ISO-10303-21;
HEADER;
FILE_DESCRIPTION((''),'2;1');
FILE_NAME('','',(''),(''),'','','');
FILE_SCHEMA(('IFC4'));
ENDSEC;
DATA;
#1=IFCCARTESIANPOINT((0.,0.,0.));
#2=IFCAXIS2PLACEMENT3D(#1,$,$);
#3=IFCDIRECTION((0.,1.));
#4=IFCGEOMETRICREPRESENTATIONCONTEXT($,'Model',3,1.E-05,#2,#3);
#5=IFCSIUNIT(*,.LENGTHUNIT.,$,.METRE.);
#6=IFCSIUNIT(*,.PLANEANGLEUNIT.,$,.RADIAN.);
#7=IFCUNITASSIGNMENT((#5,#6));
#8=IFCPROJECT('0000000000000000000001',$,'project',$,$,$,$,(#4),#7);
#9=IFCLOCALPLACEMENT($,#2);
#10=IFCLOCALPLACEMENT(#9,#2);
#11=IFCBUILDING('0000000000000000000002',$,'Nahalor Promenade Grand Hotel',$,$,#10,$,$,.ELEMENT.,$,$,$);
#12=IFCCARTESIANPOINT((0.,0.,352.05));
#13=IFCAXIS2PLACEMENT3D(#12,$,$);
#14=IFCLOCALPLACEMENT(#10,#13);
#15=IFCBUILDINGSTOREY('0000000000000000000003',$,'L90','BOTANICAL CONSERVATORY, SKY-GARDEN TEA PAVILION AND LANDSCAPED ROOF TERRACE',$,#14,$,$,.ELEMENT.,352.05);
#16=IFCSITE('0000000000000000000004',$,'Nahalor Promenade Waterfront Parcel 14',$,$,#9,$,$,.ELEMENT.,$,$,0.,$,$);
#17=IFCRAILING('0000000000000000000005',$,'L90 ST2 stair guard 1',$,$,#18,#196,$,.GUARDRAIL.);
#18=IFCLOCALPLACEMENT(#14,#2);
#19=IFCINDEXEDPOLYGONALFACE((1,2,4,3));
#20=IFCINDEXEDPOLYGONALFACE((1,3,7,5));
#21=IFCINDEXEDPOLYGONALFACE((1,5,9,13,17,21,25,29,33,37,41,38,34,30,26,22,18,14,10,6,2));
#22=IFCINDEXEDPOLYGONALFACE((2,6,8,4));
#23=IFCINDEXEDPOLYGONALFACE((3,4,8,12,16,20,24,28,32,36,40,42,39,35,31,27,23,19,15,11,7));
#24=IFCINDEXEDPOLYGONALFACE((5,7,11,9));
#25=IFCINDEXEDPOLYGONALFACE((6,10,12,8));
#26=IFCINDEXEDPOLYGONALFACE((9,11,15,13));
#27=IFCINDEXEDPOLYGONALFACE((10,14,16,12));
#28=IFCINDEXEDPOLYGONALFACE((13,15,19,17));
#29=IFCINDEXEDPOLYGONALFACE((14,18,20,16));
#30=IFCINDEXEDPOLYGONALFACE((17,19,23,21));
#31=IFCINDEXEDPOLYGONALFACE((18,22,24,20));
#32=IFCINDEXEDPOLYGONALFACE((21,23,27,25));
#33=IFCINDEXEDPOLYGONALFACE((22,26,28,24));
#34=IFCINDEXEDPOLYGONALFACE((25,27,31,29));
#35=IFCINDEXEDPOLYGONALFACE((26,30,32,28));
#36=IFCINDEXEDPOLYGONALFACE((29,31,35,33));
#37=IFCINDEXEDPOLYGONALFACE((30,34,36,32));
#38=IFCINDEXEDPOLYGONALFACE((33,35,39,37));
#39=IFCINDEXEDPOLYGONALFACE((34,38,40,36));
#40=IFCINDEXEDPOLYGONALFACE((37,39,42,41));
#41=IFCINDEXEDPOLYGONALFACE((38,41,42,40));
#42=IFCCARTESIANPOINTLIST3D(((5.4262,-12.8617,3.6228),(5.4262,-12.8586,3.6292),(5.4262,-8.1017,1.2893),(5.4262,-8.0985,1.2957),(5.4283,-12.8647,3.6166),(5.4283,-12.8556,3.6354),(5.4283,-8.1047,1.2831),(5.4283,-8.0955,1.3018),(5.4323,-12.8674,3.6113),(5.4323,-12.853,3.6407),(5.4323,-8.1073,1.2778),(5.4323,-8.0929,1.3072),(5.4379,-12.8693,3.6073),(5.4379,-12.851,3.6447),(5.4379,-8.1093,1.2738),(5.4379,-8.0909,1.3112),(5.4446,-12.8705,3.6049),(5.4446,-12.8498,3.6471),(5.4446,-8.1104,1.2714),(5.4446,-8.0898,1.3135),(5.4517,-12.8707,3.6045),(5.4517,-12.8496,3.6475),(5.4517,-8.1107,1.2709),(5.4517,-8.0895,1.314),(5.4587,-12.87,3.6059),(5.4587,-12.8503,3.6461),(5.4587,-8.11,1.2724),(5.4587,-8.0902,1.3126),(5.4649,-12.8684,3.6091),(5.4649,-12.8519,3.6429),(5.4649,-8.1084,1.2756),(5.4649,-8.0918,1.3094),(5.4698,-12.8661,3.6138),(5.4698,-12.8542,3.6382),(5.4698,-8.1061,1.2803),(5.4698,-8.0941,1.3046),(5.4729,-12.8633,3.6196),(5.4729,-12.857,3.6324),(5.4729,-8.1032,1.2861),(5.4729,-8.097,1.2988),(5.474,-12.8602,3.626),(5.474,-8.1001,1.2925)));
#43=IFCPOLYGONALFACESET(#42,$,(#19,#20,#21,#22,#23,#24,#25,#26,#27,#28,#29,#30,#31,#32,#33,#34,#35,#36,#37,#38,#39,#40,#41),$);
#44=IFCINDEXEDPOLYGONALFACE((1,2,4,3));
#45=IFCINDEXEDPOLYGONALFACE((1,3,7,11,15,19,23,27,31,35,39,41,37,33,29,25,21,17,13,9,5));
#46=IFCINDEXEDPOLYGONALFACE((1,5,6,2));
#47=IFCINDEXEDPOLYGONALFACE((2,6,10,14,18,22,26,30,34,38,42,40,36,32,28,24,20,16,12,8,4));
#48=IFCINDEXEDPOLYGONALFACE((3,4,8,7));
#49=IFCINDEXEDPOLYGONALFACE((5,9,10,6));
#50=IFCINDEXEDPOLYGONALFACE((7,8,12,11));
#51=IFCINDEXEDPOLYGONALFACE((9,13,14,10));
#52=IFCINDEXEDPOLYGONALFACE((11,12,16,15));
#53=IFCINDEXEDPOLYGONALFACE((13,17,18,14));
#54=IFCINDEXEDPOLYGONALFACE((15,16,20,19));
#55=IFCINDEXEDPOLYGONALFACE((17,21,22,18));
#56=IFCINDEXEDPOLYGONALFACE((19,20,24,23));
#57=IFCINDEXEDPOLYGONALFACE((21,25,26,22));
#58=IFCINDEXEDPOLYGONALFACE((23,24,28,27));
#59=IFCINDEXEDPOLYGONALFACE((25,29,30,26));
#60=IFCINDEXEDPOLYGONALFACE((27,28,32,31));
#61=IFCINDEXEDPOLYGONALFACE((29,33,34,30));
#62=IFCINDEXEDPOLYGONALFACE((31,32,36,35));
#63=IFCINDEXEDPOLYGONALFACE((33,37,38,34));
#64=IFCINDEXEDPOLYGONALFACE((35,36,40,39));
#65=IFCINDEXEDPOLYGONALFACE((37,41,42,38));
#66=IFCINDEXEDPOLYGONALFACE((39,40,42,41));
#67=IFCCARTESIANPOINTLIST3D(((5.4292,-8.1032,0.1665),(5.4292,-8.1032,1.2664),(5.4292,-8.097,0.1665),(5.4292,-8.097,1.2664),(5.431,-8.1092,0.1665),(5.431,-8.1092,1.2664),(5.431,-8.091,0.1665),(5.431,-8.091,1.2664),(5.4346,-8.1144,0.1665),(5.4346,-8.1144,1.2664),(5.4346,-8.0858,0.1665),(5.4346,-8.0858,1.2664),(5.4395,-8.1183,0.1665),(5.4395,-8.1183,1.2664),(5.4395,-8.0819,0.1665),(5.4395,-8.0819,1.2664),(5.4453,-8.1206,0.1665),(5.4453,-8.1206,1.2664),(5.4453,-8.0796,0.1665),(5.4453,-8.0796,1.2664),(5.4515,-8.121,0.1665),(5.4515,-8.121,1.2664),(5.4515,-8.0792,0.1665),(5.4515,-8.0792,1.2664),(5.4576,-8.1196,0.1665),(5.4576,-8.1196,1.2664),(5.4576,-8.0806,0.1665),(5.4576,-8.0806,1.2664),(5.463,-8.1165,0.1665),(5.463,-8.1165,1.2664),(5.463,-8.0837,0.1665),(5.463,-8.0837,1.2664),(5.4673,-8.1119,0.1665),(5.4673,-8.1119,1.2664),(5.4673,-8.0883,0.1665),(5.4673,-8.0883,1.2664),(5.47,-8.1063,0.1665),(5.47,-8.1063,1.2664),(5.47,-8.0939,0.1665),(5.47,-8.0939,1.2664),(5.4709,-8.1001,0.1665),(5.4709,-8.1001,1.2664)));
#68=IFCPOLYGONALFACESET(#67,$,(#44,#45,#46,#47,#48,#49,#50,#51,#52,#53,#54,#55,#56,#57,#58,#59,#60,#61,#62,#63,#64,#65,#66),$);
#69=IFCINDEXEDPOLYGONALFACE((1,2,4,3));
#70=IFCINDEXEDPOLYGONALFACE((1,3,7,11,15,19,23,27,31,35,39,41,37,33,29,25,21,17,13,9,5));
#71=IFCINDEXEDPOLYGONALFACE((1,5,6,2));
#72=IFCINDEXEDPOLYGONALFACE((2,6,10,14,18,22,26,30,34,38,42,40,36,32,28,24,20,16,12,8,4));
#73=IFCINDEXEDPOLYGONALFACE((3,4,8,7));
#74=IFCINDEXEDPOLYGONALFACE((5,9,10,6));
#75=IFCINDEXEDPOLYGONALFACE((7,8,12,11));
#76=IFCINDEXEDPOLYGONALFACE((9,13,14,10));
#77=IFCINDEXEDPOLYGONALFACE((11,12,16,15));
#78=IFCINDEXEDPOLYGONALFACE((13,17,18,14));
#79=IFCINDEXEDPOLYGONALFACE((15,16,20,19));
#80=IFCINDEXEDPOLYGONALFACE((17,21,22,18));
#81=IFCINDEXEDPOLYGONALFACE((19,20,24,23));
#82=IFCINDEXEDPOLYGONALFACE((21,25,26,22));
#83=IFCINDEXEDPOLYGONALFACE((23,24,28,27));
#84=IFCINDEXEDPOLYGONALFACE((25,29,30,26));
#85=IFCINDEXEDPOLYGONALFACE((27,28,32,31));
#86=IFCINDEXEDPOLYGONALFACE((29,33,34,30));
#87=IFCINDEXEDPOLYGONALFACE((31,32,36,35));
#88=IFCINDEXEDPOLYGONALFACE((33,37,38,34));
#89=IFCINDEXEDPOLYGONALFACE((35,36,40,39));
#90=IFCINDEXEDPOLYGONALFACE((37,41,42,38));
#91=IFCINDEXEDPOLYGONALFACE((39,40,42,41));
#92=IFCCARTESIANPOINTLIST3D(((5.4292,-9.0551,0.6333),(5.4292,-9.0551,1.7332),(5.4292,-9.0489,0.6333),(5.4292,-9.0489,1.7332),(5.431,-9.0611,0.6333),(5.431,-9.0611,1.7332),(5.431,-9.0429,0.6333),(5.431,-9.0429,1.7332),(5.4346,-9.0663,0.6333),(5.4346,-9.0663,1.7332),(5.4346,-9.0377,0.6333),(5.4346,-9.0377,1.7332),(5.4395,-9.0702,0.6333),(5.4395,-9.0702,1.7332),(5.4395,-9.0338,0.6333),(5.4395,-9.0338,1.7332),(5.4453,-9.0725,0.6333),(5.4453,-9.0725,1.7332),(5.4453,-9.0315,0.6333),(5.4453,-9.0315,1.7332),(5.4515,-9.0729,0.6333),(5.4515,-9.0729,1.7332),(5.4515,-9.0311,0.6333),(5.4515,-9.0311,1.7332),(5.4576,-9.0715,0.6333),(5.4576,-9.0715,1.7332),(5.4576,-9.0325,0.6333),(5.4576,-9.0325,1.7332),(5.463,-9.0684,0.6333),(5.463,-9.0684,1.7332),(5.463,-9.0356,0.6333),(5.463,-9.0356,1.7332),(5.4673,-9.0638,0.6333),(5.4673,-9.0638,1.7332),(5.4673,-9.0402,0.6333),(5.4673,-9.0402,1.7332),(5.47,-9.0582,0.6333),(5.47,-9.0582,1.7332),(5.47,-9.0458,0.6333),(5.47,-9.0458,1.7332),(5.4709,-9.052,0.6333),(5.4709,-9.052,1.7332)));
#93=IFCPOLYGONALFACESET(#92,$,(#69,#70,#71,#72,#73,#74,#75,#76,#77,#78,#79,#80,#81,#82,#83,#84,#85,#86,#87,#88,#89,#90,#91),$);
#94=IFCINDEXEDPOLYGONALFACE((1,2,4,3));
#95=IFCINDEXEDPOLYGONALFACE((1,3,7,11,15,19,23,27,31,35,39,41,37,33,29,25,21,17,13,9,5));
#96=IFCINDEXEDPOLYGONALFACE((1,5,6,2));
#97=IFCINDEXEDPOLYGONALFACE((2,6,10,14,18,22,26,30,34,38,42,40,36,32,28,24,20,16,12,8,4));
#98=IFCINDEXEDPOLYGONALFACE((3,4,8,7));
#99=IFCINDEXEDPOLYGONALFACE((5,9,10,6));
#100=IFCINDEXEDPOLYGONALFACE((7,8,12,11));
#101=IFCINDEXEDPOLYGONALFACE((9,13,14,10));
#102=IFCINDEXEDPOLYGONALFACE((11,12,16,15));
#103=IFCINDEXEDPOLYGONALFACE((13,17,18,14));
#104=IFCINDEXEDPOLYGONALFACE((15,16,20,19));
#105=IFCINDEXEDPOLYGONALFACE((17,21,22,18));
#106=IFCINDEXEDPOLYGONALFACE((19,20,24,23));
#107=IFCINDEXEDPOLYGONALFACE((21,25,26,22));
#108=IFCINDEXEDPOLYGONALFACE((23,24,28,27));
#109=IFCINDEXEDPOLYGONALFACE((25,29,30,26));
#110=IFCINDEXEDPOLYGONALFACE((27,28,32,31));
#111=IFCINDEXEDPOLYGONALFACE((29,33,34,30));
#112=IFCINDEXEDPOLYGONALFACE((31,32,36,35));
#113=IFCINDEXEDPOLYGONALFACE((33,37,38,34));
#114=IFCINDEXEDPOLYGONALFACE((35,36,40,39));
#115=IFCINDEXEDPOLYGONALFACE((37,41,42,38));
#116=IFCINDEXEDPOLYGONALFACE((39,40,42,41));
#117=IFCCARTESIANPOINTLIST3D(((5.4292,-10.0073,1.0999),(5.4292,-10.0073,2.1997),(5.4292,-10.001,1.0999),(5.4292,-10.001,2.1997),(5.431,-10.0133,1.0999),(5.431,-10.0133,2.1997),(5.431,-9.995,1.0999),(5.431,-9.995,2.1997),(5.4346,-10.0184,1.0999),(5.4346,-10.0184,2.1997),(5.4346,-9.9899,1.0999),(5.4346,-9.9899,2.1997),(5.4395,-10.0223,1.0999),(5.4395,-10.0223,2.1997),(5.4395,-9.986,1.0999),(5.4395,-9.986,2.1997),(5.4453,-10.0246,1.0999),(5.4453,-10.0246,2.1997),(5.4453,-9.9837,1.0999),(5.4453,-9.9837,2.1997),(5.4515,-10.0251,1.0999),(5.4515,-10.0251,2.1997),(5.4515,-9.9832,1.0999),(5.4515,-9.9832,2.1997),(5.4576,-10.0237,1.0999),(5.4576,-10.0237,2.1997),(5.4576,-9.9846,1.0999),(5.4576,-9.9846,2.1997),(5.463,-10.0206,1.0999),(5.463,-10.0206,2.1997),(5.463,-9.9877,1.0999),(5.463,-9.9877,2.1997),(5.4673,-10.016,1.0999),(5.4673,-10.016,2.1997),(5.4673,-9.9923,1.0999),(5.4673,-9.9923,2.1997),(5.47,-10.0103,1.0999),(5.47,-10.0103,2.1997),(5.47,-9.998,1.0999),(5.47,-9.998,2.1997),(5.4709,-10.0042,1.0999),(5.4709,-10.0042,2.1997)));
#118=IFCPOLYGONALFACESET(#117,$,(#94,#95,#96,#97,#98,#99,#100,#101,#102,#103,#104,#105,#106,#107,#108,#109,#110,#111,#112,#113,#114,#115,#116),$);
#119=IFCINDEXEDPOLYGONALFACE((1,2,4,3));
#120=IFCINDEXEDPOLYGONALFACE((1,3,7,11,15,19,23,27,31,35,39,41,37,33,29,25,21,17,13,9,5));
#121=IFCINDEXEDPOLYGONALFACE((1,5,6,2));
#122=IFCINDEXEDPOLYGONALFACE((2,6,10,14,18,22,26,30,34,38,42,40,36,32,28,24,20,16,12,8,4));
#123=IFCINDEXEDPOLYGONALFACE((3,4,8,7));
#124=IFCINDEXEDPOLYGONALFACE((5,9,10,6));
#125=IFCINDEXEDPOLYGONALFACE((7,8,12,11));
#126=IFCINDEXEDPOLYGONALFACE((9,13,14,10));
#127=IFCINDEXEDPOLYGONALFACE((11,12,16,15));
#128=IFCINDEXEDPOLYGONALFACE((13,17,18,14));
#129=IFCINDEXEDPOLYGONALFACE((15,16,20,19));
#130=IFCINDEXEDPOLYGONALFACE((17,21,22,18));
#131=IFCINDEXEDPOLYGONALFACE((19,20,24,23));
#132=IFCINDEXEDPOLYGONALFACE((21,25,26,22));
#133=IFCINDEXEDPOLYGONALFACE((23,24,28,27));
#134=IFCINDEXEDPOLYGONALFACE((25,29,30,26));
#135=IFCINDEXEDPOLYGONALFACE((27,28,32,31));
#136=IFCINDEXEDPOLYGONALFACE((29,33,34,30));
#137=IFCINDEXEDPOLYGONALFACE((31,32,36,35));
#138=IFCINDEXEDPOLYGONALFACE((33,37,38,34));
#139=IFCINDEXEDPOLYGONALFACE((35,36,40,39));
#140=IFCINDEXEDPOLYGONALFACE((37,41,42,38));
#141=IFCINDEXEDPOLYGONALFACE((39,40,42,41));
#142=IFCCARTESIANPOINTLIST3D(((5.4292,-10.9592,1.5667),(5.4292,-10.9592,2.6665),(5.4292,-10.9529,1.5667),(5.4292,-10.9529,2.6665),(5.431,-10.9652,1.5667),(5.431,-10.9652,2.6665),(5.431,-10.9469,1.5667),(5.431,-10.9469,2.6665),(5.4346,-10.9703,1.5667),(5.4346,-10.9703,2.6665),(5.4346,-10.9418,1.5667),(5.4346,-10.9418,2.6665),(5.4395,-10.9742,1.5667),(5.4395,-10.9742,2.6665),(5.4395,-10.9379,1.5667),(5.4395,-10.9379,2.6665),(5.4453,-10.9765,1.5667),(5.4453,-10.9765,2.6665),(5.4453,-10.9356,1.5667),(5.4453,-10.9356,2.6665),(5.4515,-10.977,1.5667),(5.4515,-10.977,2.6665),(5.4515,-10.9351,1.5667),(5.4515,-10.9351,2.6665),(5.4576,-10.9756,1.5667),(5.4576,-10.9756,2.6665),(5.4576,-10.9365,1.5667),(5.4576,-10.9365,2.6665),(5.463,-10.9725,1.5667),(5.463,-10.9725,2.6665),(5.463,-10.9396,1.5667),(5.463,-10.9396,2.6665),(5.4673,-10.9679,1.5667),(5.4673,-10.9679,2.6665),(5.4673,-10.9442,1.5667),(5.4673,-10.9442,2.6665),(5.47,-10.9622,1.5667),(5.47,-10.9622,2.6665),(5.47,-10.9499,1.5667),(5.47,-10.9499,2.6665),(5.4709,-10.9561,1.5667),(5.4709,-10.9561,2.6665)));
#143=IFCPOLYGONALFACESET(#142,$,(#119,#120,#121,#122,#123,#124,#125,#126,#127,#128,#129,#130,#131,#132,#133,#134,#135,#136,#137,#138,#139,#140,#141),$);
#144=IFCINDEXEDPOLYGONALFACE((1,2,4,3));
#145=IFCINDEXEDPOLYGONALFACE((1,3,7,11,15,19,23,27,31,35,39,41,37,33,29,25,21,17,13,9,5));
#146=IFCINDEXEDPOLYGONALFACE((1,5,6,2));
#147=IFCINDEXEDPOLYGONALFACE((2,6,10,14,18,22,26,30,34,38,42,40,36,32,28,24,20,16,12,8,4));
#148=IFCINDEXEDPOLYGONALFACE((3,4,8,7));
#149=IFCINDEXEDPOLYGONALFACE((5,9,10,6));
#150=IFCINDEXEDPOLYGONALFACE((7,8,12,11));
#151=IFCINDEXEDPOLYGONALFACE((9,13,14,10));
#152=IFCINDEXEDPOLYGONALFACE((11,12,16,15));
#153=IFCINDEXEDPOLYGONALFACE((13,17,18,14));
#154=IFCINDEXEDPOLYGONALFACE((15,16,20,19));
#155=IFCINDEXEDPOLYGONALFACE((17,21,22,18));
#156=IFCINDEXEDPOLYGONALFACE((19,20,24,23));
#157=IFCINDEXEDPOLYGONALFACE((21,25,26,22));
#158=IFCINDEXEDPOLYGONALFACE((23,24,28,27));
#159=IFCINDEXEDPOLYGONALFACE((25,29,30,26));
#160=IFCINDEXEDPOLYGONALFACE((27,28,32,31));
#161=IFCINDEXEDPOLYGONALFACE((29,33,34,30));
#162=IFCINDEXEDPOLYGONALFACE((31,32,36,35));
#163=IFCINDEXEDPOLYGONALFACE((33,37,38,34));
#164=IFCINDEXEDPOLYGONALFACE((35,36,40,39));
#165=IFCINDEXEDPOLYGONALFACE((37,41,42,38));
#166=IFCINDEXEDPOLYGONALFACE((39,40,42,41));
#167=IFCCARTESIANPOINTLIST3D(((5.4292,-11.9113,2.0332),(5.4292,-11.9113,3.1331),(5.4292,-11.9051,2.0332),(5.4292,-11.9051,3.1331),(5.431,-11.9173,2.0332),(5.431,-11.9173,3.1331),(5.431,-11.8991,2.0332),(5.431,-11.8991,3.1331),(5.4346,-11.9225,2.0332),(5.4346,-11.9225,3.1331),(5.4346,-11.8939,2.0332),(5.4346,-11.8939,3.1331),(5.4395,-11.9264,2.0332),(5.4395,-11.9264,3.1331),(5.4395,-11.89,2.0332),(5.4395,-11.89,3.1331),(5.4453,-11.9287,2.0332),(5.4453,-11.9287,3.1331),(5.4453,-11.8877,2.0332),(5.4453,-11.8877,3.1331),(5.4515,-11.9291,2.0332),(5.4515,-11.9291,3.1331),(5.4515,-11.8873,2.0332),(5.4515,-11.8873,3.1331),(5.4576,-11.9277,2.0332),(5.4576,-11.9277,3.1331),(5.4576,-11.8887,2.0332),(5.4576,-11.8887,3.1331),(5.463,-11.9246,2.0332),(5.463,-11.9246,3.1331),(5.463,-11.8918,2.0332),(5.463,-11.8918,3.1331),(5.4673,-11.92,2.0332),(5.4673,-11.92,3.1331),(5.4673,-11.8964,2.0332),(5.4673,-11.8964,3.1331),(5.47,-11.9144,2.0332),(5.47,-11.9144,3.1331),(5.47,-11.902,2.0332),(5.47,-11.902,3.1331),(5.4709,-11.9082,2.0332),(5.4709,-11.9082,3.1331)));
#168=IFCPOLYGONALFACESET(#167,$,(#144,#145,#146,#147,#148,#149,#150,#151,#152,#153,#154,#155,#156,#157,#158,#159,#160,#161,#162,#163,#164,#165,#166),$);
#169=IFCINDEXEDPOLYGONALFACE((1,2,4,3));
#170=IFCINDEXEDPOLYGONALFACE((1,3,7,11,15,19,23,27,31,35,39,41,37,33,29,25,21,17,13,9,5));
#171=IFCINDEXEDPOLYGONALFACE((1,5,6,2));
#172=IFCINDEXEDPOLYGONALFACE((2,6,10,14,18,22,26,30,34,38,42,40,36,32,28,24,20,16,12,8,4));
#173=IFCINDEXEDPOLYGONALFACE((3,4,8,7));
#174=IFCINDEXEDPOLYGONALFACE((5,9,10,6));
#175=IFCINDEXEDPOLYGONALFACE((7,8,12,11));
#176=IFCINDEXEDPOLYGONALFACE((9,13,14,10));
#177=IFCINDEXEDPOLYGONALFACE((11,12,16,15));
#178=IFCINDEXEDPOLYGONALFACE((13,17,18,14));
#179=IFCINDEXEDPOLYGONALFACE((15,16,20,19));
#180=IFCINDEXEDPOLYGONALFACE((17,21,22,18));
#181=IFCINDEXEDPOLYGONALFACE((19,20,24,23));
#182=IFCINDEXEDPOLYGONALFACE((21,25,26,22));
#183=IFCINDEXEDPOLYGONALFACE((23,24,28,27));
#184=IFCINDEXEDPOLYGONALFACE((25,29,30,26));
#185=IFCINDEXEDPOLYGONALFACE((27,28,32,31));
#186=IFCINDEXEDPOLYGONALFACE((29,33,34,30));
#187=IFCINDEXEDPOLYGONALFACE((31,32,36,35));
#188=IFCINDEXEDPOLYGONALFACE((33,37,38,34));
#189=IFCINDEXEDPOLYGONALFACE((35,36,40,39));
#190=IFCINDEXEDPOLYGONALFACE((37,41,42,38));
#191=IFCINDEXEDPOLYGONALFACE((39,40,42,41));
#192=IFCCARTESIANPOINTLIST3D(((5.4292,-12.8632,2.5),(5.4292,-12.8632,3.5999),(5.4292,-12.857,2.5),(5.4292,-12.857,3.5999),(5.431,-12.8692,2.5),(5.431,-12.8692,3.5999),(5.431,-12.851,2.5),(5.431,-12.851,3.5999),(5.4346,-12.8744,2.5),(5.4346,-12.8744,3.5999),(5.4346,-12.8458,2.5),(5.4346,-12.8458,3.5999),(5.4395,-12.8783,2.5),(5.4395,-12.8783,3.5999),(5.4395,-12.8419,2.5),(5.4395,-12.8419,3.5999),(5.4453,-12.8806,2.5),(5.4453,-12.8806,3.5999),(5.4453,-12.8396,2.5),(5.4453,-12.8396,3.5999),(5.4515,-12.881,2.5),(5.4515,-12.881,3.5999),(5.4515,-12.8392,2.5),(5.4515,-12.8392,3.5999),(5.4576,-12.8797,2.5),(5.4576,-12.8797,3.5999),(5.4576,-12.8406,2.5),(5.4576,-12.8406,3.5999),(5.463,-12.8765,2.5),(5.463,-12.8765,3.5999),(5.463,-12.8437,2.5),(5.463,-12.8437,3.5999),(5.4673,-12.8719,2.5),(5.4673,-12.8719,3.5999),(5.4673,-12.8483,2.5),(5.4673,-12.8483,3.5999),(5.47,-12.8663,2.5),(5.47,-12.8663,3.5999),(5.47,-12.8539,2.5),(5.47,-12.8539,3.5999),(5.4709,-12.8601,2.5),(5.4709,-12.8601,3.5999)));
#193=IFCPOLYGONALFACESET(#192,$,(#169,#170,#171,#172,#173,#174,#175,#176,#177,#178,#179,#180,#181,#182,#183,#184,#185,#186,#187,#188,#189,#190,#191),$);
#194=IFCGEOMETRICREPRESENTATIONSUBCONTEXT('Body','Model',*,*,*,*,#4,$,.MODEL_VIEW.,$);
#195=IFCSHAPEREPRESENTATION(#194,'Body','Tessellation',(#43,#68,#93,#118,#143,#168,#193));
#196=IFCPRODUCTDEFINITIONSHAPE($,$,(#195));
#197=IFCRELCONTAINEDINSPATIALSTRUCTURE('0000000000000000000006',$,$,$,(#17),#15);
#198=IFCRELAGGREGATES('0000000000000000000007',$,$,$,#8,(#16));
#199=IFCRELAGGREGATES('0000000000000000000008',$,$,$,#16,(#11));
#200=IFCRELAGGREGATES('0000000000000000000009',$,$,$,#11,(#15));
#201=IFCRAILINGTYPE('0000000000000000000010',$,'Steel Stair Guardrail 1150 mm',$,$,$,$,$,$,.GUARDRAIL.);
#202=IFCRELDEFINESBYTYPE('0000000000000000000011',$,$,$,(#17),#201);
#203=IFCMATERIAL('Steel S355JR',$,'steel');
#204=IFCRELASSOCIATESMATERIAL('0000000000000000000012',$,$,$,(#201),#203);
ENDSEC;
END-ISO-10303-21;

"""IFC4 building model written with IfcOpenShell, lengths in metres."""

from ifc_helpers import new_model, si_unit, direction, frame, origin, origin_2d, place, context, subcontext, project, spatial, circle, extrude, material, type_object, element, save


model = new_model("IFC4")

# Units and contexts
model_context = context("Model", 3, precision=1e-05, world=origin(), true_north=direction((0.0, 1.0)))
body_context = subcontext(model_context, "Body", "Model", "MODEL_VIEW")
ifc_project = project(units=[si_unit("LENGTHUNIT", "METRE"), si_unit("PLANEANGLEUNIT", "RADIAN")], contexts=[model_context])

# Site, building, storey
site_placement = place(None, origin())
site = spatial("IfcSite", under=ifc_project, at=site_placement, Name="Nahalor Promenade Waterfront Parcel 14", CompositionType="ELEMENT", RefElevation=0.0)
building_placement = place(site_placement, origin())
building = spatial("IfcBuilding", under=site, at=building_placement, Name="Nahalor Promenade Grand Hotel", CompositionType="ELEMENT")
storey_placement = place(building_placement, frame((0.0, 0.0, 352.05)))
storey = spatial("IfcBuildingStorey", under=building, at=storey_placement, Name="L90", Description="BOTANICAL CONSERVATORY, SKY-GARDEN TEA PAVILION AND LANDSCAPED ROOF TERRACE", CompositionType="ELEMENT", Elevation=352.05)

# Shared definitions
ifc_material_1 = material(Name="Steel S355JR", Category="steel")

# Railing
railing_type_1 = type_object("IfcRailingType", Name="Steel Stair Guardrail 1150 mm", PredefinedType="GUARDRAIL", material=ifc_material_1)
railing_1_placement = place(storey_placement, frame((5.45, -8.1001, 0.1665)))
element("IfcRailing", 1, at=railing_1_placement, inside=storey, type_object=railing_type_1, Name="L90 ST2 stair guard 1", PredefinedType="GUARDRAIL", context=body_context, shape_type="SweptSolid", body=[
    extrude(circle(Radius=0.024, at=origin_2d()), frame((0.0, 0.0, 1.126), z_axis=(0.0, -0.897909, 0.440181), x_axis=(1.0, 0.0, 0.0)), (0.0, 0.0, 1.0), 5.3013),
    extrude(circle(Radius=0.021, at=origin_2d()), origin(), (0.0, 0.0, 1.0), 1.0999),
    extrude(circle(Radius=0.021, at=origin_2d()), frame((0.0, -0.9519, 0.4668)), (0.0, 0.0, 1.0), 1.0999),
    extrude(circle(Radius=0.021, at=origin_2d()), frame((0.0, -1.9041, 0.9333)), (0.0, 0.0, 1.0), 1.0999),
    extrude(circle(Radius=0.021, at=origin_2d()), frame((0.0, -2.856, 1.4001)), (0.0, 0.0, 1.0), 1.0999),
    extrude(circle(Radius=0.021, at=origin_2d()), frame((0.0, -3.8081, 1.8667)), (0.0, 0.0, 1.0), 1.0999),
    extrude(circle(Radius=0.021, at=origin_2d()), frame((0.0, -4.76, 2.3335)), (0.0, 0.0, 1.0), 1.0999),
])

save(model, "model.ifc")
